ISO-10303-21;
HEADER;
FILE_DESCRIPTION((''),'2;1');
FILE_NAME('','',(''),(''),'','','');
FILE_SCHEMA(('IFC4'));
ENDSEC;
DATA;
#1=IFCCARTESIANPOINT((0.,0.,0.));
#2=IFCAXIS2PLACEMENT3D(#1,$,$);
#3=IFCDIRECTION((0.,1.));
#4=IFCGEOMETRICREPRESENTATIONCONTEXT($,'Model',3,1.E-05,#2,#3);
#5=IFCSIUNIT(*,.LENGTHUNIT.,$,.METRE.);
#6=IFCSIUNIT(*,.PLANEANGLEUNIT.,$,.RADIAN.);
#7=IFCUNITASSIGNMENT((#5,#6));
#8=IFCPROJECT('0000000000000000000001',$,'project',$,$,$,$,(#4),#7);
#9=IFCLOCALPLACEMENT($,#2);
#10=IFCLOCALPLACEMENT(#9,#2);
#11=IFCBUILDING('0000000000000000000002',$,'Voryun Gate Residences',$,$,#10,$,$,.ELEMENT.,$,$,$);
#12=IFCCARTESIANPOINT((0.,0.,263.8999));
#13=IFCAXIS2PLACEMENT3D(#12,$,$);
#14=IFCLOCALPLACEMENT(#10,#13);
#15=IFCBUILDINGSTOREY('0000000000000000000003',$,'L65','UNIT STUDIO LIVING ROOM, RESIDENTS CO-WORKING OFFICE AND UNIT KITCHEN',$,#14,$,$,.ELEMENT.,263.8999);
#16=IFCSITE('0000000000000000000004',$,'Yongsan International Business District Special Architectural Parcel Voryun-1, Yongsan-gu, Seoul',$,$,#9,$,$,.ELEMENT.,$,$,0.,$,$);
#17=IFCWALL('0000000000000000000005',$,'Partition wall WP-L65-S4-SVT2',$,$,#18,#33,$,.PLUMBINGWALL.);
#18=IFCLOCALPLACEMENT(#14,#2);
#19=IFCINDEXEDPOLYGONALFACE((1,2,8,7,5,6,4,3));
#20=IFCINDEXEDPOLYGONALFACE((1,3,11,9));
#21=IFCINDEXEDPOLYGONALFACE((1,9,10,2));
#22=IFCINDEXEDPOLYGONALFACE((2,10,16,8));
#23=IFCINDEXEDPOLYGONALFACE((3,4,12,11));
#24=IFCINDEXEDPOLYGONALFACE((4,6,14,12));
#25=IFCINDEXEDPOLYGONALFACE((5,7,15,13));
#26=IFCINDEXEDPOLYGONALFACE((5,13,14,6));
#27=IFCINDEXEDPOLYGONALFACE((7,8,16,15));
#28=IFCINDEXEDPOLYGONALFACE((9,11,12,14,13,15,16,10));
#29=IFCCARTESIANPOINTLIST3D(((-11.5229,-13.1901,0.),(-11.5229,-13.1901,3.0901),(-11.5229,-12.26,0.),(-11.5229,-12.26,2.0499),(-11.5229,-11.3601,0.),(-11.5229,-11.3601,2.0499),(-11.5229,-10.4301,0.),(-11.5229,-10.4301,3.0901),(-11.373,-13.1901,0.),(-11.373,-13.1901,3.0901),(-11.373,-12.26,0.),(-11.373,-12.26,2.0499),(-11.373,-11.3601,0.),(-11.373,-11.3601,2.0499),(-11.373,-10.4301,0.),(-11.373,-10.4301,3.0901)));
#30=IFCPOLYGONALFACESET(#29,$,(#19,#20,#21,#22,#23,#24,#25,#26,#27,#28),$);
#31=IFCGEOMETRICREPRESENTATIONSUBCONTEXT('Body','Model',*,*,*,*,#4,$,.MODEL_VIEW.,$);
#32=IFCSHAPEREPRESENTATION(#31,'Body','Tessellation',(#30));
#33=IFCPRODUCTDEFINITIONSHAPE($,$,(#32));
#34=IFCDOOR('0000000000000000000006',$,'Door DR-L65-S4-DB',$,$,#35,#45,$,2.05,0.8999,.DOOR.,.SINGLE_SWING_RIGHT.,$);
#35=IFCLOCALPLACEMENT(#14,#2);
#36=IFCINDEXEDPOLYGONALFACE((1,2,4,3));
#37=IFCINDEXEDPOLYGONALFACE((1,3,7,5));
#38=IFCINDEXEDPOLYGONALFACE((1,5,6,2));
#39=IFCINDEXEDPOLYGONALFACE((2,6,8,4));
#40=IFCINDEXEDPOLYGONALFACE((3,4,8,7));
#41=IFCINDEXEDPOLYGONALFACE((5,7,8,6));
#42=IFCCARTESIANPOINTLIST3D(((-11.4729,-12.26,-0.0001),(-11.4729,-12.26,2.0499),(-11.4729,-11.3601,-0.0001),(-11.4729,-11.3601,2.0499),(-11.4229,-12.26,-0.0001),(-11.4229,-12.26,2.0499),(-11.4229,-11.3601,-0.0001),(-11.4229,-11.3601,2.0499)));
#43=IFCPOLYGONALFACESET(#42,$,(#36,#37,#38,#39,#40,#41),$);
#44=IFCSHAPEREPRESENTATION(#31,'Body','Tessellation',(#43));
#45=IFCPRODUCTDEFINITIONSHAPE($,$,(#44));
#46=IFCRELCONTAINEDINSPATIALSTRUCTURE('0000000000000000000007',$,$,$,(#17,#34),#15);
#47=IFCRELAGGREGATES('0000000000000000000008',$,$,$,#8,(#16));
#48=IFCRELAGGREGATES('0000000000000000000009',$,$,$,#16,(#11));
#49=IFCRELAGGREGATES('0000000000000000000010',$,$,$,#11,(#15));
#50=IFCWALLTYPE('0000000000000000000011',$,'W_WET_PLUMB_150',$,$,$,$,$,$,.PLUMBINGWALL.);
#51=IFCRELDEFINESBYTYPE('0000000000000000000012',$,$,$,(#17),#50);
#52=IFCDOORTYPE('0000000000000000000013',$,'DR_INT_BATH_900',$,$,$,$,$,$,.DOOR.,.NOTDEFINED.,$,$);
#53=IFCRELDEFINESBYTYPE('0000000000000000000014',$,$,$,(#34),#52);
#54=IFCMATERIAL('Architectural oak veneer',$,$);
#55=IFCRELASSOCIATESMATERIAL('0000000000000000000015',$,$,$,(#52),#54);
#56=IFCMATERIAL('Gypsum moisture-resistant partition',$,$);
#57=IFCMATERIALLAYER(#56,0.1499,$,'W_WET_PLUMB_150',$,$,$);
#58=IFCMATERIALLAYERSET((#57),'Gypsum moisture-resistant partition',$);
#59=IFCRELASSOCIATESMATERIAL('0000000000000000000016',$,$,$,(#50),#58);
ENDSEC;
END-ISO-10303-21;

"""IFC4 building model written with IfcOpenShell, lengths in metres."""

from ifc_helpers import new_model, si_unit, direction, frame, frame_2d, origin, place, context, subcontext, project, spatial, rectangle, extrude, material, layer, layer_set, type_object, element, fill, save


model = new_model("IFC4")

# Units and contexts
model_context = context("Model", 3, precision=1e-05, world=origin(), true_north=direction((0.0, 1.0)))
body_context = subcontext(model_context, "Body", "Model", "MODEL_VIEW")
ifc_project = project(units=[si_unit("LENGTHUNIT", "METRE"), si_unit("PLANEANGLEUNIT", "RADIAN")], contexts=[model_context])

# Site, building, storey
site_placement = place(None, origin())
site = spatial("IfcSite", under=ifc_project, at=site_placement, Name="Yongsan International Business District Special Architectural Parcel Voryun-1, Yongsan-gu, Seoul", CompositionType="ELEMENT", RefElevation=0.0)
building_placement = place(site_placement, origin())
building = spatial("IfcBuilding", under=site, at=building_placement, Name="Voryun Gate Residences", CompositionType="ELEMENT")
storey_placement = place(building_placement, frame((0.0, 0.0, 263.8999)))
storey = spatial("IfcBuildingStorey", under=building, at=storey_placement, Name="L65", Description="UNIT STUDIO LIVING ROOM, RESIDENTS CO-WORKING OFFICE AND UNIT KITCHEN", CompositionType="ELEMENT", Elevation=263.8999)

# Shared definitions
ifc_material_1 = material(Name="Architectural oak veneer")
door_type_1 = type_object("IfcDoorType", Name="DR_INT_BATH_900", OperationType="NOTDEFINED", PredefinedType="DOOR", material=ifc_material_1)

# Shared definitions
ifc_material_2 = material(Name="Gypsum moisture-resistant partition")
ifc_layer_1 = layer(ifc_material_2, 0.1499, Name="W_WET_PLUMB_150")
ifc_layer_set_1 = layer_set([ifc_layer_1], Name="Gypsum moisture-resistant partition")
wall_type_1 = type_object("IfcWallType", Name="W_WET_PLUMB_150", PredefinedType="PLUMBINGWALL", material=ifc_layer_set_1)

# Wall, opening, door
wall_1_placement = place(storey_placement, frame((-11.448, -13.1899, 0.0), z_axis=(0.0, 0.0, 1.0), x_axis=(0.0, 1.0, 0.0)))
wall_1 = element("IfcWall", 1, at=wall_1_placement, inside=storey, type_object=wall_type_1, Name="Partition wall WP-L65-S4-SVT2", PredefinedType="PLUMBINGWALL", context=body_context, shape_type="SweptSolid", body=[
    extrude(rectangle(XDim=2.76, YDim=0.1499, at=frame_2d((1.3799, 0.0))), origin(), (0.0, 0.0, 1.0), 3.0901),
])
opening_1_placement = place(wall_1_placement, frame((0.9299, 0.0, 0.0)))
opening_1 = element("IfcOpeningElement", 2, at=opening_1_placement, cuts=wall_1, PredefinedType="OPENING", context=body_context, shape_type="SweptSolid", body=[
    extrude(rectangle(XDim=0.8999, YDim=2.05, at=frame_2d((0.45, 1.0249))), frame((0.0, 0.085, 0.0), z_axis=(0.0, -1.0, 0.0), x_axis=(1.0, 0.0, 0.0)), (0.0, 0.0, 1.0), 0.1699),
])
door_1_placement = place(opening_1_placement, origin())
door_1 = element("IfcDoor", 3, at=door_1_placement, inside=storey, type_object=door_type_1, Name="Door DR-L65-S4-DB", OperationType="SINGLE_SWING_RIGHT", OverallHeight=2.05, OverallWidth=0.8999, PredefinedType="DOOR", context=body_context, shape_type="SweptSolid", body=[
    extrude(rectangle(XDim=0.8999, YDim=2.05, at=frame_2d((0.45, 1.0249))), frame((0.0, 0.0249, 0.0), z_axis=(0.0, -1.0, 0.0), x_axis=(1.0, 0.0, 0.0)), (0.0, 0.0, 1.0), 0.05),
])
fill(opening_1, door_1)

save(model, "model.ifc")
